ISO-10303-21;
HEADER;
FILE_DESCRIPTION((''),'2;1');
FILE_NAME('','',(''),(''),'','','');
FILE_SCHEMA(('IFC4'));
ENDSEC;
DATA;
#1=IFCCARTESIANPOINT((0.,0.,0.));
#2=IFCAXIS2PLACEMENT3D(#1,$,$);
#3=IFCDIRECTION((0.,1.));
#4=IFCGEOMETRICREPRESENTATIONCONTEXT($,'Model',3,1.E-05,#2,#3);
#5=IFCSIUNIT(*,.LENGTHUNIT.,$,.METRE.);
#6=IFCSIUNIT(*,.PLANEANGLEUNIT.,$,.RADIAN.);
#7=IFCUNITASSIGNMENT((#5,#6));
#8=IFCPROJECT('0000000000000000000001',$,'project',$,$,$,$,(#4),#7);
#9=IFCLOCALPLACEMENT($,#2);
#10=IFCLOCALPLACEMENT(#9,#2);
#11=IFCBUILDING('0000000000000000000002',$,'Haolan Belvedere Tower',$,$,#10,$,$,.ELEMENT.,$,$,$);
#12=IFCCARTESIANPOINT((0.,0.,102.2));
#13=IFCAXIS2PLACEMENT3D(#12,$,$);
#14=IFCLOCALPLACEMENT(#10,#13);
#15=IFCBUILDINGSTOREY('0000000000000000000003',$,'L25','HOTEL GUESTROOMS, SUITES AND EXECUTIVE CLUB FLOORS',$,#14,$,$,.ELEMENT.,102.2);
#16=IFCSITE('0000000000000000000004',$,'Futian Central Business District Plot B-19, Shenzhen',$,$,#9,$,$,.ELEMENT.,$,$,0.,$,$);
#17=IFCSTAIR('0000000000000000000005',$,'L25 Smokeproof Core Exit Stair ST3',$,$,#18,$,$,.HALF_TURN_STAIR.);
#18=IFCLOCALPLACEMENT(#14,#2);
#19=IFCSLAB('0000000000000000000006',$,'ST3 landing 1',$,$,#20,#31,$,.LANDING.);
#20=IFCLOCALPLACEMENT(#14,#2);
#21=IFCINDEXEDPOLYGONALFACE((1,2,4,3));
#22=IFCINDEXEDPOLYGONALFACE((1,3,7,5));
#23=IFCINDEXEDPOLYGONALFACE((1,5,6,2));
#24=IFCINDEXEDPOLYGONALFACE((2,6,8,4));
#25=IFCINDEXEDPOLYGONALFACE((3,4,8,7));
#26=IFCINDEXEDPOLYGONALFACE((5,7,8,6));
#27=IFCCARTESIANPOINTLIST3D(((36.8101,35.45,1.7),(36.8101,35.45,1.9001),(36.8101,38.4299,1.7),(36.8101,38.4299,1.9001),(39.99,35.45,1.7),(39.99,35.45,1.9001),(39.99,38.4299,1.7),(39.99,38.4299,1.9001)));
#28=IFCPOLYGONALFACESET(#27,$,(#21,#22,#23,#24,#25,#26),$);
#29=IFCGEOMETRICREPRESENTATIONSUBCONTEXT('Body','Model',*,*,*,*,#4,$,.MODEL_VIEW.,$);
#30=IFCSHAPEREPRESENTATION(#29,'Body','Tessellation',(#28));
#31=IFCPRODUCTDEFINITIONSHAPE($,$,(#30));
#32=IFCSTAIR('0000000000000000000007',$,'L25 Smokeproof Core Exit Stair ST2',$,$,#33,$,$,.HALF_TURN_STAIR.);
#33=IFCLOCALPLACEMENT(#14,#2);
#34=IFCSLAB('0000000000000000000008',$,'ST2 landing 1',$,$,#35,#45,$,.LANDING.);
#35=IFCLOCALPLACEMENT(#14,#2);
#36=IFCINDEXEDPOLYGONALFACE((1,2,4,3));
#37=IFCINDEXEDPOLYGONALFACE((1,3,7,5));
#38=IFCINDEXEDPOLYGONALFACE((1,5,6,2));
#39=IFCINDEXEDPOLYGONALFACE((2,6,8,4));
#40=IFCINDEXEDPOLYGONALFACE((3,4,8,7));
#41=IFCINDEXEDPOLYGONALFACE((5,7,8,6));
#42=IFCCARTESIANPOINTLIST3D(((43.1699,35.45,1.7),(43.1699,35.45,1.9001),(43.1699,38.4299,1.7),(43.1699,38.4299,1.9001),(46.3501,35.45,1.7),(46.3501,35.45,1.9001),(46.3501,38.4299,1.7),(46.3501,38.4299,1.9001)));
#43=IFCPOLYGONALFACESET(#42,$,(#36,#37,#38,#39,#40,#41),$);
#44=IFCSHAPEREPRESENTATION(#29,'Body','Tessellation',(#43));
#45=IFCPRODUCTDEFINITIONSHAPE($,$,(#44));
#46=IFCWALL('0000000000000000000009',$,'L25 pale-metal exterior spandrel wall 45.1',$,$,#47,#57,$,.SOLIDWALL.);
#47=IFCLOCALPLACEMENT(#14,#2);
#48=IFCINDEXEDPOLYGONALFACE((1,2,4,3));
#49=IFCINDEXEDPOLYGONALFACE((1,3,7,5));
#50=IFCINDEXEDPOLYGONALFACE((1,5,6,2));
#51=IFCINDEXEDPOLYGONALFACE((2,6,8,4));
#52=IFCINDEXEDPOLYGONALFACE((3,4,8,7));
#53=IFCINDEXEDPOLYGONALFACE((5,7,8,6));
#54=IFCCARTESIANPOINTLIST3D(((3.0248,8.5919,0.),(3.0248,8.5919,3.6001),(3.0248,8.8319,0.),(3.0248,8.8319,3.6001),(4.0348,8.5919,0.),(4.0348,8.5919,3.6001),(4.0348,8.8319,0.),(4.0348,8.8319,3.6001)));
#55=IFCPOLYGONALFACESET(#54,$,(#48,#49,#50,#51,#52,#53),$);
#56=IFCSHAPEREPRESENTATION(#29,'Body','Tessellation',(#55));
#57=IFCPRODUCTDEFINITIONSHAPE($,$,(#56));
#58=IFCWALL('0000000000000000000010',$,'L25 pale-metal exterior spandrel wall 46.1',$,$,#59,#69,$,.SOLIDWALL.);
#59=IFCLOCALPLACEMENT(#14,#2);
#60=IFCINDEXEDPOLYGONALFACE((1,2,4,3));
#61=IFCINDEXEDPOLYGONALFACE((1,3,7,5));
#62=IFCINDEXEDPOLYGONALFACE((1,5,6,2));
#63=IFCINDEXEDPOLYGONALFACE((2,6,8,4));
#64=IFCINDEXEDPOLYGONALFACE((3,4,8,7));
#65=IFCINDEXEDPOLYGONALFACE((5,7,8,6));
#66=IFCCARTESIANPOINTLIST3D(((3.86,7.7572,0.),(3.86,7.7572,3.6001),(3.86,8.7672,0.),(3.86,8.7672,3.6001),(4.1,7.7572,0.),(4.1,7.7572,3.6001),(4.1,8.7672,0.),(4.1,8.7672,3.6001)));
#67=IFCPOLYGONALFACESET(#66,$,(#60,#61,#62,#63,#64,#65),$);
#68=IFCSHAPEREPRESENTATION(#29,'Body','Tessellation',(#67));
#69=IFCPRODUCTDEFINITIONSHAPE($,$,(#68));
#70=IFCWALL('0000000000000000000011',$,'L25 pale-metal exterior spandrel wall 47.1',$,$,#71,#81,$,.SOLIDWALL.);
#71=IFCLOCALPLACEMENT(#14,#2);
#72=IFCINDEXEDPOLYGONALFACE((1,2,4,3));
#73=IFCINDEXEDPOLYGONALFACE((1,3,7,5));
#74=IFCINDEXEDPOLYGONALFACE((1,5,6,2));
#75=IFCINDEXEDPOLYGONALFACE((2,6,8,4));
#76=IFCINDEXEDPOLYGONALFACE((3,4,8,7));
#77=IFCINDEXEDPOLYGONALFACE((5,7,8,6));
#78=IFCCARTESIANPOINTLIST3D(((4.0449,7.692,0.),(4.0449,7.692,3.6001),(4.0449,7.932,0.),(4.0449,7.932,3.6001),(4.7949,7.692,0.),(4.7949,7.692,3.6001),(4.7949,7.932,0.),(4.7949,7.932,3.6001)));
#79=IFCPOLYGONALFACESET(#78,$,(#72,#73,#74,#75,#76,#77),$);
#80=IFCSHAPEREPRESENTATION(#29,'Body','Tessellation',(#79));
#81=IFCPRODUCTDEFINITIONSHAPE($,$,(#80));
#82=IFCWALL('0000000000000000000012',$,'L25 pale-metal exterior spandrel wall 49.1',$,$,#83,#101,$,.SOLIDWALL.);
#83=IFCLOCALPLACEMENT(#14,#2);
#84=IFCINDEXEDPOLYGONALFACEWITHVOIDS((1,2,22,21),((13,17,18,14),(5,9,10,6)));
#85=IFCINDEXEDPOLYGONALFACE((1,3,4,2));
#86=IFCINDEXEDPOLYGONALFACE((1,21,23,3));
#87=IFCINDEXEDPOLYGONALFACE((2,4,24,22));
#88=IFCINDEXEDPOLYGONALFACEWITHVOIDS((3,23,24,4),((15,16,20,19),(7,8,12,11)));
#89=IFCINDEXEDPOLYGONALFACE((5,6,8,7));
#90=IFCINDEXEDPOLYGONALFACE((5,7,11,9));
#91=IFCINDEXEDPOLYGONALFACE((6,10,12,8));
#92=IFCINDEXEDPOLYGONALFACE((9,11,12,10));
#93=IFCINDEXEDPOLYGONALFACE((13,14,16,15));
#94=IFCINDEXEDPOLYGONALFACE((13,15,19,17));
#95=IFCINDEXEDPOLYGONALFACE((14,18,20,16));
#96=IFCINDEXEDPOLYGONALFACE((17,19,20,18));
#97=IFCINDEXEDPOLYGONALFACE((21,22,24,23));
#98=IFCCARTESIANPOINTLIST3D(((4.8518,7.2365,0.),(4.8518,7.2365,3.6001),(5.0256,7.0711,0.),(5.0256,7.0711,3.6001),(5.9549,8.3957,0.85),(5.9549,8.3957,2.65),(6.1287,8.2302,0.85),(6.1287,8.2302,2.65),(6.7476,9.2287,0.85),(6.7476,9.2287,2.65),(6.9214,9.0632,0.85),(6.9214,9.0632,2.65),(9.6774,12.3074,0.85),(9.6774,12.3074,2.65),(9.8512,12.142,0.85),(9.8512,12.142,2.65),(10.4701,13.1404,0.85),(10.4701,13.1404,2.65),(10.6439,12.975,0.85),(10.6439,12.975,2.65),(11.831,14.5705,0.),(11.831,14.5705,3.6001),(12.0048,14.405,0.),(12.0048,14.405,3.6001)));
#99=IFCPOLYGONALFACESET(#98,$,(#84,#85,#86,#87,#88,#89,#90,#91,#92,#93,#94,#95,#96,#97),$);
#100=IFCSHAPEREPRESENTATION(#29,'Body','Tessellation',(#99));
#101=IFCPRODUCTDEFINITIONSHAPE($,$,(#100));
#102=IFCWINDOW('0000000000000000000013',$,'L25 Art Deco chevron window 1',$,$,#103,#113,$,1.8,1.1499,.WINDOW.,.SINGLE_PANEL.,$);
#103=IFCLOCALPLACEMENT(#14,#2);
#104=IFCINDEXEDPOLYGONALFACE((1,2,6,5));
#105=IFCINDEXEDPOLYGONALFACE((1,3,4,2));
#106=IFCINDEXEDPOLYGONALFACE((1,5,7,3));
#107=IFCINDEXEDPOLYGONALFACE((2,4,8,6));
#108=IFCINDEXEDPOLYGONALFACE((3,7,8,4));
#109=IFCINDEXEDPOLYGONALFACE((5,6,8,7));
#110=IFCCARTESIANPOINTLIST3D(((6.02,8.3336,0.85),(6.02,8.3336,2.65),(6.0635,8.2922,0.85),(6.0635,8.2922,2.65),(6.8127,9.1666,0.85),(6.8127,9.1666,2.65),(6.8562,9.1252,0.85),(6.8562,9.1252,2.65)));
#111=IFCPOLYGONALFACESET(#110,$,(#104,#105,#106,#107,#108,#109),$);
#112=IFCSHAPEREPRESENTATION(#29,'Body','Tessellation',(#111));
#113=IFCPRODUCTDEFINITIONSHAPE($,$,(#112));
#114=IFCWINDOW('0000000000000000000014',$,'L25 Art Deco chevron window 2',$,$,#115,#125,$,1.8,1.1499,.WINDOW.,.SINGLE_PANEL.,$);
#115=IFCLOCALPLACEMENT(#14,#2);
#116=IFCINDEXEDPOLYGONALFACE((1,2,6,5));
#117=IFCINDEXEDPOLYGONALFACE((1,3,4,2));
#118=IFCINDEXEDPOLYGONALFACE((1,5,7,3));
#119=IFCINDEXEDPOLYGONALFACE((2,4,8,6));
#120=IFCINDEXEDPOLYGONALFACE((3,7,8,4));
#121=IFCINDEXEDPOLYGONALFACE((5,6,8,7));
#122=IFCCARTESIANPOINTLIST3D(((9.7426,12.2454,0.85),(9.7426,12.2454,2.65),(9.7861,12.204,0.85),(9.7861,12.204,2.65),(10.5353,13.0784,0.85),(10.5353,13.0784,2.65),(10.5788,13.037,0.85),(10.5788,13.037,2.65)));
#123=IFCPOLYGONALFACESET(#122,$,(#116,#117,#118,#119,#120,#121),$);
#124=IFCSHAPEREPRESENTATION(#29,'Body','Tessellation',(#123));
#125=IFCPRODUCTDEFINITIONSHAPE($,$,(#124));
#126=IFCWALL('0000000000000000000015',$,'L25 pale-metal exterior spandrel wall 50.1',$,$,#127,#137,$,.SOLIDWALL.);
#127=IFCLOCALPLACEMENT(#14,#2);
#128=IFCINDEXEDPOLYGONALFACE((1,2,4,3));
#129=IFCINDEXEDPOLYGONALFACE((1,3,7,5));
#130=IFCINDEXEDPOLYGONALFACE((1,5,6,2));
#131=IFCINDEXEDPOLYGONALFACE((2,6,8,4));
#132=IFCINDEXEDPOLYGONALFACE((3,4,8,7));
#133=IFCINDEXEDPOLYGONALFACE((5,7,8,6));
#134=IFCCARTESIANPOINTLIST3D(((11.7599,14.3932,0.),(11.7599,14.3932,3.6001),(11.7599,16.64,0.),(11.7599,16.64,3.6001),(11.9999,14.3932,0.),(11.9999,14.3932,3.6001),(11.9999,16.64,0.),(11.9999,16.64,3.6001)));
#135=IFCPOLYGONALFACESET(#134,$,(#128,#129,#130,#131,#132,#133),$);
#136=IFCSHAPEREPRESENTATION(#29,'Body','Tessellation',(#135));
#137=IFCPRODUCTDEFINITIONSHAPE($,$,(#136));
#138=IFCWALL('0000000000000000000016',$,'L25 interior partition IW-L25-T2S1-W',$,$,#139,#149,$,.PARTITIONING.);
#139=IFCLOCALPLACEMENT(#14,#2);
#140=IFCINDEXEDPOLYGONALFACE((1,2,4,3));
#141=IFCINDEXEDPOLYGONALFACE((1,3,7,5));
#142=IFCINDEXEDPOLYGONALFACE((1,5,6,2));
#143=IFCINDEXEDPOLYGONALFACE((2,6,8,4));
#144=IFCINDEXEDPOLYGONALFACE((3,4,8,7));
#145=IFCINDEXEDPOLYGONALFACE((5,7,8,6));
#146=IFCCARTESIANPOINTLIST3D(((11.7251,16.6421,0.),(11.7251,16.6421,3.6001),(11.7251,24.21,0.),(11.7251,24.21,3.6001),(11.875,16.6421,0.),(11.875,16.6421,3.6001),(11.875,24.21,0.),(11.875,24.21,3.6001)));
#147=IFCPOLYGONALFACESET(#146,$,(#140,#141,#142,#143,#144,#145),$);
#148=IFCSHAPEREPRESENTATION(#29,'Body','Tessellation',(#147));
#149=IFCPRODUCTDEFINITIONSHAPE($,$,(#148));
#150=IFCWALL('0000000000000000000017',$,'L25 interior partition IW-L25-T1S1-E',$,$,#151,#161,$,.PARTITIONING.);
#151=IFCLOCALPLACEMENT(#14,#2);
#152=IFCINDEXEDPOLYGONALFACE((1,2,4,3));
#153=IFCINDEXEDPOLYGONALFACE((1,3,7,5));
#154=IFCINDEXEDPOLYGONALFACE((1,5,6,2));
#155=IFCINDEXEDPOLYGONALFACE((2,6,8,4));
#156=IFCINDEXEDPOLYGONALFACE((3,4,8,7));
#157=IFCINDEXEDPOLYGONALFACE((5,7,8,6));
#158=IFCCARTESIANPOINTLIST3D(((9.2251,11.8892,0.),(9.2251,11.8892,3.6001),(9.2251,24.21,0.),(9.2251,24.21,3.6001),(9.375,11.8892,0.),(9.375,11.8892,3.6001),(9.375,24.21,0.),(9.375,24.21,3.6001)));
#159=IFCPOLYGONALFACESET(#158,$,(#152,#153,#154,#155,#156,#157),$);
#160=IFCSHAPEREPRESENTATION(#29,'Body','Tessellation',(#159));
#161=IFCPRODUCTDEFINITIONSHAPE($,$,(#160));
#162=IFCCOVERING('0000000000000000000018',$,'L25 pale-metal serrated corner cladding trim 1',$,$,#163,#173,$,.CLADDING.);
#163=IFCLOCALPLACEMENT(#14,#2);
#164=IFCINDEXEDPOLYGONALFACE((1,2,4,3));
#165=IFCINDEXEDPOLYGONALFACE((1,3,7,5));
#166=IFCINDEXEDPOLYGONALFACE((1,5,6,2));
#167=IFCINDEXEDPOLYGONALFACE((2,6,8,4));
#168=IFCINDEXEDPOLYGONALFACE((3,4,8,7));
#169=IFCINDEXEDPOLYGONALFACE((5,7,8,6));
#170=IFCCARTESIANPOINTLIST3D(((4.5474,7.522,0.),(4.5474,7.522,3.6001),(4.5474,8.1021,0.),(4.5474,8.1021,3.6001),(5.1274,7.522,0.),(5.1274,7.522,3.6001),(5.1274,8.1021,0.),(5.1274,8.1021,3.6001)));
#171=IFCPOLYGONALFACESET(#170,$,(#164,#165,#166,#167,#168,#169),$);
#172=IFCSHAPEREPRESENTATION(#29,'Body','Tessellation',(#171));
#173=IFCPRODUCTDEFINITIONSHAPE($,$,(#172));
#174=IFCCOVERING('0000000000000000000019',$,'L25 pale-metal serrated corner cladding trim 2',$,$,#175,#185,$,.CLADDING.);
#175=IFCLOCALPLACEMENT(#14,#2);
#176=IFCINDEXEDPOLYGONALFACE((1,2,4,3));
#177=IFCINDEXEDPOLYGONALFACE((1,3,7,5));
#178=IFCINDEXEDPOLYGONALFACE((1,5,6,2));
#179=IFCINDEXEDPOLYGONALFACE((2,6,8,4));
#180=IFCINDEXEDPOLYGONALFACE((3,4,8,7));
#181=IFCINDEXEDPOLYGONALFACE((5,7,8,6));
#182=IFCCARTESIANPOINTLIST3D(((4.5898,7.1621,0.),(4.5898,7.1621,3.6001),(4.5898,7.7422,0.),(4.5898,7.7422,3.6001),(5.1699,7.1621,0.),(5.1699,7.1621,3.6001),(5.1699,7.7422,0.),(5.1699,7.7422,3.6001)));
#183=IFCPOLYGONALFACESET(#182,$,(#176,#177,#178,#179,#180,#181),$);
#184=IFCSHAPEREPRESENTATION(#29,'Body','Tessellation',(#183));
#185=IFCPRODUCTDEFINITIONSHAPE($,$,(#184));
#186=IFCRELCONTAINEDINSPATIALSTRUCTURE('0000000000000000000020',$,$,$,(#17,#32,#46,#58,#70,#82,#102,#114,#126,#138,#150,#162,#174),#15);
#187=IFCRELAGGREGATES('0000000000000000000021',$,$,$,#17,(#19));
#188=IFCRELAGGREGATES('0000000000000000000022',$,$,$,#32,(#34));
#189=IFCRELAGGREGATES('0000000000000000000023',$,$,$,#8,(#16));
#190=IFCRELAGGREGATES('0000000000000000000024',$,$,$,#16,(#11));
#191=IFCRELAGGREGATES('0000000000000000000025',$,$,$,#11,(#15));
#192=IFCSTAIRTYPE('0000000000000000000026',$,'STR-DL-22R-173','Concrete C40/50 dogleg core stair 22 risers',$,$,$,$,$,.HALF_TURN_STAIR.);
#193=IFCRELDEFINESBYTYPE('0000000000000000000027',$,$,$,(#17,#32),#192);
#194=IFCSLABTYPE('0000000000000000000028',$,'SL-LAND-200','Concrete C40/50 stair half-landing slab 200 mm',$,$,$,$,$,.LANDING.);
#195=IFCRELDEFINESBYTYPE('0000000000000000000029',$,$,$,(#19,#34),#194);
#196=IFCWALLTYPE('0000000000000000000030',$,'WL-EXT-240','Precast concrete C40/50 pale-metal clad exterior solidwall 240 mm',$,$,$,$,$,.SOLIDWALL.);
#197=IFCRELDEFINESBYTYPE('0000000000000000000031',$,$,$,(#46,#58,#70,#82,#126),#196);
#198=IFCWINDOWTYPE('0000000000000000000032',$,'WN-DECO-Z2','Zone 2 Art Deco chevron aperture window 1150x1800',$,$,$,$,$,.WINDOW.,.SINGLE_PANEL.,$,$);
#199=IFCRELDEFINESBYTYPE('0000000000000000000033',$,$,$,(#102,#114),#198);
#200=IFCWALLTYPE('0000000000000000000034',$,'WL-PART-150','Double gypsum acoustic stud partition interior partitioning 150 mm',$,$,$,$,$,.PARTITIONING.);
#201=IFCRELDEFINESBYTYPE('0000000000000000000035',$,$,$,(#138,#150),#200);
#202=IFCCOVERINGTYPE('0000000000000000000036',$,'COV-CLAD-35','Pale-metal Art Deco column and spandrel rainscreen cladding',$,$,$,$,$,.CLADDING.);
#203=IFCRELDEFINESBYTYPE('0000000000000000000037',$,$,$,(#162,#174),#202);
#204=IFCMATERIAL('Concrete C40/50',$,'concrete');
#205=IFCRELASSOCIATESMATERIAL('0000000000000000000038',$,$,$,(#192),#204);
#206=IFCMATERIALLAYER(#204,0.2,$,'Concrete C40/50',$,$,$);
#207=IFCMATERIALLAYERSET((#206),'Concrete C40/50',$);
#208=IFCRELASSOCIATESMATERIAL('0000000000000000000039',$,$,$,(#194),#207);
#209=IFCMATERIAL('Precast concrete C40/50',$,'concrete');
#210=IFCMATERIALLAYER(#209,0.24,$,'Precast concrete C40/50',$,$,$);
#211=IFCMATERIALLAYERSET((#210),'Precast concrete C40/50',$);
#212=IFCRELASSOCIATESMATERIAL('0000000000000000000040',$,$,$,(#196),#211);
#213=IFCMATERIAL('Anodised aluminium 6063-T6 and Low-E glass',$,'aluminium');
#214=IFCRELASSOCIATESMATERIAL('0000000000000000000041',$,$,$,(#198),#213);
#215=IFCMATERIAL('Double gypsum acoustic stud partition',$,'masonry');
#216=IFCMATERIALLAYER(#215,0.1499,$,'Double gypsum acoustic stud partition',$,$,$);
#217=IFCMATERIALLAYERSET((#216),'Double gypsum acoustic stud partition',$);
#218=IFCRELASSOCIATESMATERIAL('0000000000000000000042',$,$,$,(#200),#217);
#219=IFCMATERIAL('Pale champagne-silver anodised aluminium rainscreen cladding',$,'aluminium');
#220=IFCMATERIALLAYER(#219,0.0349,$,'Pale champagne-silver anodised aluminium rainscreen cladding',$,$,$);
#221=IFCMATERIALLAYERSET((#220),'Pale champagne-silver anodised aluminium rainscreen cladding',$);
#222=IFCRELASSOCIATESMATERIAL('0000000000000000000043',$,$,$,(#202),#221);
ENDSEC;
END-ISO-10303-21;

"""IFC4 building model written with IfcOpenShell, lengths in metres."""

from ifc_helpers import new_model, si_unit, direction, frame, frame_2d, origin, origin_2d, place, context, subcontext, project, spatial, polyline, rectangle, outline, extrude, material, layer, layer_set, type_object, element, fill, aggregate, save


model = new_model("IFC4")

# Units and contexts
model_context = context("Model", 3, precision=1e-05, world=origin(), true_north=direction((0.0, 1.0)))
body_context = subcontext(model_context, "Body", "Model", "MODEL_VIEW")
ifc_project = project(units=[si_unit("LENGTHUNIT", "METRE"), si_unit("PLANEANGLEUNIT", "RADIAN")], contexts=[model_context])

# Site, building, storey
site_placement = place(None, origin())
site = spatial("IfcSite", under=ifc_project, at=site_placement, Name="Futian Central Business District Plot B-19, Shenzhen", CompositionType="ELEMENT", RefElevation=0.0)
building_placement = place(site_placement, origin())
building = spatial("IfcBuilding", under=site, at=building_placement, Name="Haolan Belvedere Tower", CompositionType="ELEMENT")
storey_placement = place(building_placement, frame((0.0, 0.0, 102.2)))
storey = spatial("IfcBuildingStorey", under=building, at=storey_placement, Name="L25", Description="HOTEL GUESTROOMS, SUITES AND EXECUTIVE CLUB FLOORS", CompositionType="ELEMENT", Elevation=102.2)

# Shared definitions
ifc_material_1 = material(Name="Concrete C40/50", Category="concrete")

# Stairs, slabs
stair_type = type_object("IfcStairType", Name="STR-DL-22R-173", Description="Concrete C40/50 dogleg core stair 22 risers", PredefinedType="HALF_TURN_STAIR", material=ifc_material_1)
ifc_layer_1 = layer(ifc_material_1, 0.2, Name="Concrete C40/50")
ifc_layer_set_1 = layer_set([ifc_layer_1], Name="Concrete C40/50")
slab_type_1 = type_object("IfcSlabType", Name="SL-LAND-200", Description="Concrete C40/50 stair half-landing slab 200 mm", PredefinedType="LANDING", material=ifc_layer_set_1)
stair_1_placement = place(storey_placement, origin())
stair_1 = element("IfcStair", 1, at=stair_1_placement, inside=storey, type_object=stair_type, Name="L25 Smokeproof Core Exit Stair ST3", PredefinedType="HALF_TURN_STAIR")
slab_1_placement = place(storey_placement, frame((0.0, 0.0, 1.7)))
slab_1 = element("IfcSlab", 2, at=slab_1_placement, type_object=slab_type_1, Name="ST3 landing 1", PredefinedType="LANDING", context=body_context, shape_type="SweptSolid", body=[
    extrude(outline(polyline([(36.8101, 38.4299), (36.8101, 35.45), (39.99, 35.45), (39.99, 38.4299), (36.8101, 38.4299)])), origin(), (0.0, 0.0, 1.0), 0.2002),
])
aggregate(stair_1, [slab_1])
stair_2_placement = place(storey_placement, origin())
stair_2 = element("IfcStair", 3, at=stair_2_placement, inside=storey, type_object=stair_type, Name="L25 Smokeproof Core Exit Stair ST2", PredefinedType="HALF_TURN_STAIR")
slab_2_placement = place(storey_placement, frame((0.0, 0.0, 1.7)))
slab_2 = element("IfcSlab", 4, at=slab_2_placement, type_object=slab_type_1, Name="ST2 landing 1", PredefinedType="LANDING", context=body_context, shape_type="SweptSolid", body=[
    extrude(outline(polyline([(43.1699, 38.4299), (43.1699, 35.45), (46.3501, 35.45), (46.3501, 38.4299), (43.1699, 38.4299)])), origin(), (0.0, 0.0, 1.0), 0.2002),
])
aggregate(stair_2, [slab_2])

# Walls
ifc_material_2 = material(Name="Precast concrete C40/50", Category="concrete")
ifc_layer_2 = layer(ifc_material_2, 0.24, Name="Precast concrete C40/50")
ifc_layer_set_2 = layer_set([ifc_layer_2], Name="Precast concrete C40/50")
wall_type_1 = type_object("IfcWallType", Name="WL-EXT-240", Description="Precast concrete C40/50 pale-metal clad exterior solidwall 240 mm", PredefinedType="SOLIDWALL", material=ifc_layer_set_2)
for number, where, z_axis, x_axis, name in (
    (5, (3.0249, 8.7119, 0.0), (0.0, 0.0, 1.0), (1.0, 0.0, 0.0), "L25 pale-metal exterior spandrel wall 45.1"),
    (6, (3.98, 8.7671, 0.0), (0.0, 0.0, 1.0), (0.0, -1.0, 0.0), "L25 pale-metal exterior spandrel wall 46.1"),
):
    element("IfcWall", number, at=place(storey_placement, frame(where, z_axis=z_axis, x_axis=x_axis)), inside=storey, type_object=wall_type_1, Name=name, PredefinedType="SOLIDWALL", context=body_context, shape_type="SweptSolid", body=[
        extrude(rectangle(XDim=1.01, YDim=0.24, at=frame_2d((0.5049, 0.0))), origin(), (0.0, 0.0, 1.0), 3.6001),
    ])
wall_1_placement = place(storey_placement, frame((4.0449, 7.812, 0.0), z_axis=(0.0, 0.0, 1.0), x_axis=(1.0, 0.0, 0.0)))
element("IfcWall", 7, at=wall_1_placement, inside=storey, type_object=wall_type_1, Name="L25 pale-metal exterior spandrel wall 47.1", PredefinedType="SOLIDWALL", context=body_context, shape_type="SweptSolid", body=[
    extrude(rectangle(XDim=0.75, YDim=0.24, at=frame_2d((0.375, 0.0))), origin(), (0.0, 0.0, 1.0), 3.6001),
])

# Wall, openings, windows
wall_2_placement = place(storey_placement, frame((4.9387, 7.1538, 0.0), z_axis=(0.0, 0.0, 1.0), x_axis=(0.68937, 0.724409, 0.0)))
wall_2 = element("IfcWall", 8, at=wall_2_placement, inside=storey, type_object=wall_type_1, Name="L25 pale-metal exterior spandrel wall 49.1", PredefinedType="SOLIDWALL", context=body_context, shape_type="SweptSolid", body=[
    extrude(rectangle(XDim=10.124, YDim=0.24, at=frame_2d((5.062, 0.0))), origin(), (0.0, 0.0, 1.0), 3.6001),
])
opening_1_placement = place(wall_2_placement, frame((1.6001, 0.0, 0.8501)))
opening_1 = element("IfcOpeningElement", 9, at=opening_1_placement, cuts=wall_2, PredefinedType="OPENING", context=body_context, shape_type="SweptSolid", body=[
    extrude(rectangle(XDim=1.1499, YDim=1.8, at=frame_2d((0.575, 0.8999))), frame((0.0, 0.1299, 0.0), z_axis=(0.0, -1.0, 0.0), x_axis=(1.0, 0.0, 0.0)), (0.0, 0.0, 1.0), 0.26),
])
opening_2_placement = place(wall_2_placement, frame((7.0, 0.0, 0.8501)))
opening_2 = element("IfcOpeningElement", 10, at=opening_2_placement, cuts=wall_2, PredefinedType="OPENING", context=body_context, shape_type="SweptSolid", body=[
    extrude(rectangle(XDim=1.1499, YDim=1.8, at=frame_2d((0.575, 0.8999))), frame((0.0, 0.1299, 0.0), z_axis=(0.0, -1.0, 0.0), x_axis=(1.0, 0.0, 0.0)), (0.0, 0.0, 1.0), 0.26),
])
ifc_material_3 = material(Name="Anodised aluminium 6063-T6 and Low-E glass", Category="aluminium")
window_type = type_object("IfcWindowType", Name="WN-DECO-Z2", Description="Zone 2 Art Deco chevron aperture window 1150x1800", PartitioningType="SINGLE_PANEL", PredefinedType="WINDOW", material=ifc_material_3)
window_1_placement = place(opening_1_placement, origin())
window_1 = element("IfcWindow", 11, at=window_1_placement, inside=storey, type_object=window_type, Name="L25 Art Deco chevron window 1", OverallHeight=1.8, OverallWidth=1.1499, PartitioningType="SINGLE_PANEL", PredefinedType="WINDOW", context=body_context, shape_type="SweptSolid", body=[
    extrude(rectangle(XDim=1.1499, YDim=1.8, at=frame_2d((0.575, 0.8999))), frame((0.0, 0.03, 0.0), z_axis=(0.0, -1.0, 0.0), x_axis=(1.0, 0.0, 0.0)), (0.0, 0.0, 1.0), 0.0601),
])
fill(opening_1, window_1)
window_2_placement = place(opening_2_placement, origin())
window_2 = element("IfcWindow", 12, at=window_2_placement, inside=storey, type_object=window_type, Name="L25 Art Deco chevron window 2", OverallHeight=1.8, OverallWidth=1.1499, PartitioningType="SINGLE_PANEL", PredefinedType="WINDOW", context=body_context, shape_type="SweptSolid", body=[
    extrude(rectangle(XDim=1.1499, YDim=1.8, at=frame_2d((0.575, 0.8999))), frame((0.0, 0.03, 0.0), z_axis=(0.0, -1.0, 0.0), x_axis=(1.0, 0.0, 0.0)), (0.0, 0.0, 1.0), 0.0601),
])
fill(opening_2, window_2)

# Walls
wall_3_placement = place(storey_placement, frame((11.8799, 14.3931, 0.0), z_axis=(0.0, 0.0, 1.0), x_axis=(0.0, 1.0, 0.0)))
element("IfcWall", 13, at=wall_3_placement, inside=storey, type_object=wall_type_1, Name="L25 pale-metal exterior spandrel wall 50.1", PredefinedType="SOLIDWALL", context=body_context, shape_type="SweptSolid", body=[
    extrude(rectangle(XDim=2.2468, YDim=0.24, at=frame_2d((1.1235, 0.0))), origin(), (0.0, 0.0, 1.0), 3.6001),
])
ifc_material_4 = material(Name="Double gypsum acoustic stud partition", Category="masonry")
ifc_layer_3 = layer(ifc_material_4, 0.1499, Name="Double gypsum acoustic stud partition")
ifc_layer_set_3 = layer_set([ifc_layer_3], Name="Double gypsum acoustic stud partition")
wall_type_2 = type_object("IfcWallType", Name="WL-PART-150", Description="Double gypsum acoustic stud partition interior partitioning 150 mm", PredefinedType="PARTITIONING", material=ifc_layer_set_3)
wall_4_placement = place(storey_placement, frame((11.8, 16.6421, 0.0), z_axis=(0.0, 0.0, 1.0), x_axis=(0.0, 1.0, 0.0)))
element("IfcWall", 14, at=wall_4_placement, inside=storey, type_object=wall_type_2, Name="L25 interior partition IW-L25-T2S1-W", PredefinedType="PARTITIONING", context=body_context, shape_type="SweptSolid", body=[
    extrude(rectangle(XDim=7.5679, YDim=0.1499, at=frame_2d((3.7839, 0.0))), origin(), (0.0, 0.0, 1.0), 3.6001),
])
wall_5_placement = place(storey_placement, frame((9.3, 11.8892, 0.0), z_axis=(0.0, 0.0, 1.0), x_axis=(0.0, 1.0, 0.0)))
element("IfcWall", 15, at=wall_5_placement, inside=storey, type_object=wall_type_2, Name="L25 interior partition IW-L25-T1S1-E", PredefinedType="PARTITIONING", context=body_context, shape_type="SweptSolid", body=[
    extrude(rectangle(XDim=12.3208, YDim=0.1499, at=frame_2d((6.1604, 0.0))), origin(), (0.0, 0.0, 1.0), 3.6001),
])

# Coverings
ifc_material_5 = material(Name="Pale champagne-silver anodised aluminium rainscreen cladding", Category="aluminium")
ifc_layer_4 = layer(ifc_material_5, 0.0349, Name="Pale champagne-silver anodised aluminium rainscreen cladding")
ifc_layer_set_4 = layer_set([ifc_layer_4], Name="Pale champagne-silver anodised aluminium rainscreen cladding")
covering_type_1 = type_object("IfcCoveringType", Name="COV-CLAD-35", Description="Pale-metal Art Deco column and spandrel rainscreen cladding", PredefinedType="CLADDING", material=ifc_layer_set_4)
for number, where, z_axis, x_axis, name in (
    (16, (4.8374, 7.812, 0.0), (0.0, 0.0, 1.0), (1.0, 0.0, 0.0), "L25 pale-metal serrated corner cladding trim 1"),
    (17, (4.8799, 7.4521, 0.0), (0.0, 0.0, 1.0), (1.0, 0.0, 0.0), "L25 pale-metal serrated corner cladding trim 2"),
):
    element("IfcCovering", number, at=place(storey_placement, frame(where, z_axis=z_axis, x_axis=x_axis)), inside=storey, type_object=covering_type_1, Name=name, PredefinedType="CLADDING", context=body_context, shape_type="SweptSolid", body=[
        extrude(rectangle(XDim=0.5801, YDim=0.5801, at=origin_2d()), origin(), (0.0, 0.0, 1.0), 3.6001),
    ])

save(model, "model.ifc")
